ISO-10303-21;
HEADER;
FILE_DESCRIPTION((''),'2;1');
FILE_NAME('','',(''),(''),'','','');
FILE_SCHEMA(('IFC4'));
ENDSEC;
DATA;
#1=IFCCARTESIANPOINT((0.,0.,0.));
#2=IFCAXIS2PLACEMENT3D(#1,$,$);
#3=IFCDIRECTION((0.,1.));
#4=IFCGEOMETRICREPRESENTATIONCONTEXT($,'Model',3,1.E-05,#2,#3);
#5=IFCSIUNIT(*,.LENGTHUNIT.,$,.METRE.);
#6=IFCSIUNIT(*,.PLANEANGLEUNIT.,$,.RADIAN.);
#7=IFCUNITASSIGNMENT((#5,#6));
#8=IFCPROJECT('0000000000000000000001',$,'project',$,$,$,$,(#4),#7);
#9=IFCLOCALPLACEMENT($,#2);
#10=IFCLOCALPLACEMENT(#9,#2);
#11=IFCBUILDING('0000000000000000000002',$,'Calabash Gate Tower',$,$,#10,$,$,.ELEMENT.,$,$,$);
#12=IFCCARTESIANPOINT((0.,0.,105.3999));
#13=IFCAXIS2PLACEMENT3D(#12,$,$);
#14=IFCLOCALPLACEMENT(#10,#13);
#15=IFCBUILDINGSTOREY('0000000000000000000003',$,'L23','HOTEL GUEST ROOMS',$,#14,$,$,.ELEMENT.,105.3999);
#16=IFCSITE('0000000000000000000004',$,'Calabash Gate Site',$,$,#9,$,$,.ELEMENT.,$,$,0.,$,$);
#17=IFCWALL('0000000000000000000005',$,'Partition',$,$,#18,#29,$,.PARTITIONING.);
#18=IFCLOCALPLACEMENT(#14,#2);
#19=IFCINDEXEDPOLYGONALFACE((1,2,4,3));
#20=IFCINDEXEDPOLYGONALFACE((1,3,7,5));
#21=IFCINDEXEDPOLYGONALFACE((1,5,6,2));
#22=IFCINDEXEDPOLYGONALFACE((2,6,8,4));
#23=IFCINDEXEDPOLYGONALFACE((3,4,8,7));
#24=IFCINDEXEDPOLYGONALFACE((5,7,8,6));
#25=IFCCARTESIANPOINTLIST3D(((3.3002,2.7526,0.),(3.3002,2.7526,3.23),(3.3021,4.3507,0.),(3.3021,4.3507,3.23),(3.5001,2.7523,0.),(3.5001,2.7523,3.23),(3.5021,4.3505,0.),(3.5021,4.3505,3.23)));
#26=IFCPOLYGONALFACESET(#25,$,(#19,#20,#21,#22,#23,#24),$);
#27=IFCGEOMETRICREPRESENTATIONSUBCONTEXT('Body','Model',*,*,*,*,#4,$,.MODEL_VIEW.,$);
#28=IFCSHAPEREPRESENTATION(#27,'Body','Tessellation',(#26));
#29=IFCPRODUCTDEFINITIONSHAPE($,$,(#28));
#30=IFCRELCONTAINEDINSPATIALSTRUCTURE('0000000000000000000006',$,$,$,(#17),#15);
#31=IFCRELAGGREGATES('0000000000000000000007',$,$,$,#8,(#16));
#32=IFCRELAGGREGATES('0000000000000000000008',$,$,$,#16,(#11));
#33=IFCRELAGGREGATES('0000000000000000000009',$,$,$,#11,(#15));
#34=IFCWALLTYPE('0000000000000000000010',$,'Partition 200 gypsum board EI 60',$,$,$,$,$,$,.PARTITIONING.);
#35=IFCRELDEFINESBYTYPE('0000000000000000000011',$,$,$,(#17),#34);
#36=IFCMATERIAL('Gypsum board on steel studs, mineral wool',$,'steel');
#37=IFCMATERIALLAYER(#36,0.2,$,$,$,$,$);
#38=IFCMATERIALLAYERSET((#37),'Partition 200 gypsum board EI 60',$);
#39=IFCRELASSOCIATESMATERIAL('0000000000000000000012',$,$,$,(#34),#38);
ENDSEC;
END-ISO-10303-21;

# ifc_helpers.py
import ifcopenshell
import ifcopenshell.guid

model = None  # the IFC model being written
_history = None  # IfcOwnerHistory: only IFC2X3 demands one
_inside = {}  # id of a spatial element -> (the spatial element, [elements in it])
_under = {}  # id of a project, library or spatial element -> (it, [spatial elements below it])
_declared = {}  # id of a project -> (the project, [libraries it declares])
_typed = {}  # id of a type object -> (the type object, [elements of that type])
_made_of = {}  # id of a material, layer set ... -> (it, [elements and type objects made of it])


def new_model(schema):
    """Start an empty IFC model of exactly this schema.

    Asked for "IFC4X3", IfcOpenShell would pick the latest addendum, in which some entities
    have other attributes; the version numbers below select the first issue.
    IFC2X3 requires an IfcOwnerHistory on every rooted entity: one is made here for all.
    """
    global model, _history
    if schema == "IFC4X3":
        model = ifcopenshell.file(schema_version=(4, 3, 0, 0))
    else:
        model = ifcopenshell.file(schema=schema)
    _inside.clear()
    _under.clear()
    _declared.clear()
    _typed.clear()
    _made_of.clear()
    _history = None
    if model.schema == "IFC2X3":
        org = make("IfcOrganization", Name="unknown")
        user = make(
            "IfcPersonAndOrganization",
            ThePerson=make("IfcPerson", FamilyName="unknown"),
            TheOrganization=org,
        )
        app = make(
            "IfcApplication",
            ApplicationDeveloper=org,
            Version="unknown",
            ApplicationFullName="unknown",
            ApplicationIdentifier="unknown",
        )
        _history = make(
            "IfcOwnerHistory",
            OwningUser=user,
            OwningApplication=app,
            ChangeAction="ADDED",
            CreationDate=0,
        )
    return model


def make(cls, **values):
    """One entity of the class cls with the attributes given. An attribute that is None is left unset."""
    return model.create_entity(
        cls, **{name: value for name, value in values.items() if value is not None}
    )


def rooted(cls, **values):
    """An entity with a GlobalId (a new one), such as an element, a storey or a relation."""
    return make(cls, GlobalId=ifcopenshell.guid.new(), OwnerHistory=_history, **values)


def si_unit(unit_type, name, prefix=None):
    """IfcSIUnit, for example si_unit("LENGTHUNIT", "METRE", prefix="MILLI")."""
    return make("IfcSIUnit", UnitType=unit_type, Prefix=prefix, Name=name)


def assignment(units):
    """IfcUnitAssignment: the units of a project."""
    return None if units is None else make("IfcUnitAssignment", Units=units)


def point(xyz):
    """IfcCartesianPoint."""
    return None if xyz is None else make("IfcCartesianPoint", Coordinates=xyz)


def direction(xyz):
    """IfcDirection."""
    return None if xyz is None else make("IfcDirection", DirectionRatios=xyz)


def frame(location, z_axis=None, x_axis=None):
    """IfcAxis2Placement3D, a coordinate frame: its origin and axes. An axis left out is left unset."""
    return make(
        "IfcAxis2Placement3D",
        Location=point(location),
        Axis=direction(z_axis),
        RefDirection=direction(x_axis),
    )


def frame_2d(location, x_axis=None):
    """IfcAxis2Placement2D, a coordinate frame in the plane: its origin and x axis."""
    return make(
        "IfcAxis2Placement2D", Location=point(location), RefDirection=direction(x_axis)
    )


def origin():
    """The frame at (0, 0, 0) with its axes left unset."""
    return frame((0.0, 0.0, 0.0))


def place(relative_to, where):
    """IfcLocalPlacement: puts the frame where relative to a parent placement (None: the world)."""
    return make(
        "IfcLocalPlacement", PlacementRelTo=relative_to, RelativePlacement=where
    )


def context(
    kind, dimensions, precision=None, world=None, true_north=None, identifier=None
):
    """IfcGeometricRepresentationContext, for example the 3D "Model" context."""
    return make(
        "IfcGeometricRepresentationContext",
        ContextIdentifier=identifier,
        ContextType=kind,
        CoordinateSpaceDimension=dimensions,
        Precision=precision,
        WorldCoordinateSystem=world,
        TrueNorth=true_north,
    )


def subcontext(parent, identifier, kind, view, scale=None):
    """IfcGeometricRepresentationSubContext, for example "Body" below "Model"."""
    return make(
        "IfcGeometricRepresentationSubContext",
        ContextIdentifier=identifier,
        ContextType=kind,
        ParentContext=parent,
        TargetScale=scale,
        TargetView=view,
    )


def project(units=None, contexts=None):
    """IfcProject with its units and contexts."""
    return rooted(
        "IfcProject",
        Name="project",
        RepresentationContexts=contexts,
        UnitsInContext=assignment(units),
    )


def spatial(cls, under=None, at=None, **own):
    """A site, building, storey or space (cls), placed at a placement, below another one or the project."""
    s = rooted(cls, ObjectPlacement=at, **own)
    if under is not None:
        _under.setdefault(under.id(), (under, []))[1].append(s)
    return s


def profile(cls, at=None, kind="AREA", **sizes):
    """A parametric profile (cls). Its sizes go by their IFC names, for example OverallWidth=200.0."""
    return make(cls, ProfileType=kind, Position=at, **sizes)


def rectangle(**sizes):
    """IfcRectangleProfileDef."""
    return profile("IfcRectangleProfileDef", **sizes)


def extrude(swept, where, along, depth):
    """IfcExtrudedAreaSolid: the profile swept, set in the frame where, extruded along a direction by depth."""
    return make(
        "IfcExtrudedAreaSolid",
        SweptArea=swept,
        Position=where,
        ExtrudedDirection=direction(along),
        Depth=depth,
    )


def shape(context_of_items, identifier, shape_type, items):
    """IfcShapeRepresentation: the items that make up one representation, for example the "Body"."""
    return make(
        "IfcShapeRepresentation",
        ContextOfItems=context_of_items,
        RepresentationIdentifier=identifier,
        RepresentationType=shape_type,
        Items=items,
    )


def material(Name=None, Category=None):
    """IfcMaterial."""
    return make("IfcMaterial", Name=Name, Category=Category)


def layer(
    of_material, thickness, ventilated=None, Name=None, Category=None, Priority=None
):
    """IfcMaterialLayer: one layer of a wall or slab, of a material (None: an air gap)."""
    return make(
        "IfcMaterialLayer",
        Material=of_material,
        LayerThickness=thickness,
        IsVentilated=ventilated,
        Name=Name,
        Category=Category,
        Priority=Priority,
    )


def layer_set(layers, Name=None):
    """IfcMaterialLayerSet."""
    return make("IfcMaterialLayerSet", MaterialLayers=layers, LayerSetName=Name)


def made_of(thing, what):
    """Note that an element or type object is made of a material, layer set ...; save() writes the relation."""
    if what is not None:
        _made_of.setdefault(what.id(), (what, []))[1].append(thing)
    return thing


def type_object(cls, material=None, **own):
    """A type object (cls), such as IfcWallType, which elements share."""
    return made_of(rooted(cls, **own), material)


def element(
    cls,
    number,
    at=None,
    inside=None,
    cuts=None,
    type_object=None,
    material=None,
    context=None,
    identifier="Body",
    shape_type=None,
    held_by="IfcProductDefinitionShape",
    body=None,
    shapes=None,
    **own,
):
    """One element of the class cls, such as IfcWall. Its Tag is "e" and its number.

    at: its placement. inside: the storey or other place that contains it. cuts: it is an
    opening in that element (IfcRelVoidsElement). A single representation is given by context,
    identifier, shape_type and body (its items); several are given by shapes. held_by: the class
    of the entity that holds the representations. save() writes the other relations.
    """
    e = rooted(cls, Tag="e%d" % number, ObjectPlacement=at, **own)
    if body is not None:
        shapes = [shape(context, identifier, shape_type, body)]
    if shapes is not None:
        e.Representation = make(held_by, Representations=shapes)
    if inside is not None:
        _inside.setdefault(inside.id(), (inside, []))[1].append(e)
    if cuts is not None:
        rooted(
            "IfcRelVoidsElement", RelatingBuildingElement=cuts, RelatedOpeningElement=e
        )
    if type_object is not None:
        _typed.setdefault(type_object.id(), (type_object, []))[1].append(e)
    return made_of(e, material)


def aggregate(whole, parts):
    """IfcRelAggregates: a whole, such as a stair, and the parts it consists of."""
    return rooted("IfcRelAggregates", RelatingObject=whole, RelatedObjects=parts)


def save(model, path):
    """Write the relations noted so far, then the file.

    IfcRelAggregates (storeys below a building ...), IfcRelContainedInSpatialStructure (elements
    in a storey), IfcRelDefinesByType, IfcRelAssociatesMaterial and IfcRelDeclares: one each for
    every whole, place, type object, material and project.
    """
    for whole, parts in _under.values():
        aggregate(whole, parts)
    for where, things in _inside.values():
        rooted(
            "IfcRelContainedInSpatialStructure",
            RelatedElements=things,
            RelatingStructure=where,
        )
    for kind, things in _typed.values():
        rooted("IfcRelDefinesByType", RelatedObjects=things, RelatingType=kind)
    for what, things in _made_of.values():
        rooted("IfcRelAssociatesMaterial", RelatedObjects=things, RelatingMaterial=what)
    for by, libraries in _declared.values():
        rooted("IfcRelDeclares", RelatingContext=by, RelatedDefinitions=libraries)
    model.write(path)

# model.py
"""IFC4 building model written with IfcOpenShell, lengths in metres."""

from ifc_helpers import new_model, si_unit, direction, frame, frame_2d, origin, place, context, subcontext, project, spatial, rectangle, extrude, material, layer, layer_set, type_object, element, save


model = new_model("IFC4")

# Units and contexts
model_context = context("Model", 3, precision=1e-05, world=origin(), true_north=direction((0.0, 1.0)))
body_context = subcontext(model_context, "Body", "Model", "MODEL_VIEW")
ifc_project = project(units=[si_unit("LENGTHUNIT", "METRE"), si_unit("PLANEANGLEUNIT", "RADIAN")], contexts=[model_context])

# Site, building, storey
site_placement = place(None, origin())
site = spatial("IfcSite", under=ifc_project, at=site_placement, Name="Calabash Gate Site", CompositionType="ELEMENT", RefElevation=0.0)
building_placement = place(site_placement, origin())
building = spatial("IfcBuilding", under=site, at=building_placement, Name="Calabash Gate Tower", CompositionType="ELEMENT")
storey_placement = place(building_placement, frame((0.0, 0.0, 105.3999)))
storey = spatial("IfcBuildingStorey", under=building, at=storey_placement, Name="L23", Description="HOTEL GUEST ROOMS", CompositionType="ELEMENT", Elevation=105.3999)

# Shared definitions
ifc_material_1 = material(Name="Gypsum board on steel studs, mineral wool", Category="steel")
ifc_layer_1 = layer(ifc_material_1, 0.2)
ifc_layer_set_1 = layer_set([ifc_layer_1], Name="Partition 200 gypsum board EI 60")
wall_type_1 = type_object("IfcWallType", Name="Partition 200 gypsum board EI 60", PredefinedType="PARTITIONING", material=ifc_layer_set_1)

# Wall
wall_1_placement = place(storey_placement, frame((3.4001, 2.7524, 0.0), z_axis=(0.0, 0.0, 1.0), x_axis=(0.001222, 0.999999, 0.0)))
element("IfcWall", 1, at=wall_1_placement, inside=storey, type_object=wall_type_1, Name="Partition", PredefinedType="PARTITIONING", context=body_context, shape_type="SweptSolid", body=[
    extrude(rectangle(XDim=1.5981, YDim=0.2, at=frame_2d((0.7991, 0.0))), origin(), (0.0, 0.0, 1.0), 3.23),
])

save(model, "model.ifc")
